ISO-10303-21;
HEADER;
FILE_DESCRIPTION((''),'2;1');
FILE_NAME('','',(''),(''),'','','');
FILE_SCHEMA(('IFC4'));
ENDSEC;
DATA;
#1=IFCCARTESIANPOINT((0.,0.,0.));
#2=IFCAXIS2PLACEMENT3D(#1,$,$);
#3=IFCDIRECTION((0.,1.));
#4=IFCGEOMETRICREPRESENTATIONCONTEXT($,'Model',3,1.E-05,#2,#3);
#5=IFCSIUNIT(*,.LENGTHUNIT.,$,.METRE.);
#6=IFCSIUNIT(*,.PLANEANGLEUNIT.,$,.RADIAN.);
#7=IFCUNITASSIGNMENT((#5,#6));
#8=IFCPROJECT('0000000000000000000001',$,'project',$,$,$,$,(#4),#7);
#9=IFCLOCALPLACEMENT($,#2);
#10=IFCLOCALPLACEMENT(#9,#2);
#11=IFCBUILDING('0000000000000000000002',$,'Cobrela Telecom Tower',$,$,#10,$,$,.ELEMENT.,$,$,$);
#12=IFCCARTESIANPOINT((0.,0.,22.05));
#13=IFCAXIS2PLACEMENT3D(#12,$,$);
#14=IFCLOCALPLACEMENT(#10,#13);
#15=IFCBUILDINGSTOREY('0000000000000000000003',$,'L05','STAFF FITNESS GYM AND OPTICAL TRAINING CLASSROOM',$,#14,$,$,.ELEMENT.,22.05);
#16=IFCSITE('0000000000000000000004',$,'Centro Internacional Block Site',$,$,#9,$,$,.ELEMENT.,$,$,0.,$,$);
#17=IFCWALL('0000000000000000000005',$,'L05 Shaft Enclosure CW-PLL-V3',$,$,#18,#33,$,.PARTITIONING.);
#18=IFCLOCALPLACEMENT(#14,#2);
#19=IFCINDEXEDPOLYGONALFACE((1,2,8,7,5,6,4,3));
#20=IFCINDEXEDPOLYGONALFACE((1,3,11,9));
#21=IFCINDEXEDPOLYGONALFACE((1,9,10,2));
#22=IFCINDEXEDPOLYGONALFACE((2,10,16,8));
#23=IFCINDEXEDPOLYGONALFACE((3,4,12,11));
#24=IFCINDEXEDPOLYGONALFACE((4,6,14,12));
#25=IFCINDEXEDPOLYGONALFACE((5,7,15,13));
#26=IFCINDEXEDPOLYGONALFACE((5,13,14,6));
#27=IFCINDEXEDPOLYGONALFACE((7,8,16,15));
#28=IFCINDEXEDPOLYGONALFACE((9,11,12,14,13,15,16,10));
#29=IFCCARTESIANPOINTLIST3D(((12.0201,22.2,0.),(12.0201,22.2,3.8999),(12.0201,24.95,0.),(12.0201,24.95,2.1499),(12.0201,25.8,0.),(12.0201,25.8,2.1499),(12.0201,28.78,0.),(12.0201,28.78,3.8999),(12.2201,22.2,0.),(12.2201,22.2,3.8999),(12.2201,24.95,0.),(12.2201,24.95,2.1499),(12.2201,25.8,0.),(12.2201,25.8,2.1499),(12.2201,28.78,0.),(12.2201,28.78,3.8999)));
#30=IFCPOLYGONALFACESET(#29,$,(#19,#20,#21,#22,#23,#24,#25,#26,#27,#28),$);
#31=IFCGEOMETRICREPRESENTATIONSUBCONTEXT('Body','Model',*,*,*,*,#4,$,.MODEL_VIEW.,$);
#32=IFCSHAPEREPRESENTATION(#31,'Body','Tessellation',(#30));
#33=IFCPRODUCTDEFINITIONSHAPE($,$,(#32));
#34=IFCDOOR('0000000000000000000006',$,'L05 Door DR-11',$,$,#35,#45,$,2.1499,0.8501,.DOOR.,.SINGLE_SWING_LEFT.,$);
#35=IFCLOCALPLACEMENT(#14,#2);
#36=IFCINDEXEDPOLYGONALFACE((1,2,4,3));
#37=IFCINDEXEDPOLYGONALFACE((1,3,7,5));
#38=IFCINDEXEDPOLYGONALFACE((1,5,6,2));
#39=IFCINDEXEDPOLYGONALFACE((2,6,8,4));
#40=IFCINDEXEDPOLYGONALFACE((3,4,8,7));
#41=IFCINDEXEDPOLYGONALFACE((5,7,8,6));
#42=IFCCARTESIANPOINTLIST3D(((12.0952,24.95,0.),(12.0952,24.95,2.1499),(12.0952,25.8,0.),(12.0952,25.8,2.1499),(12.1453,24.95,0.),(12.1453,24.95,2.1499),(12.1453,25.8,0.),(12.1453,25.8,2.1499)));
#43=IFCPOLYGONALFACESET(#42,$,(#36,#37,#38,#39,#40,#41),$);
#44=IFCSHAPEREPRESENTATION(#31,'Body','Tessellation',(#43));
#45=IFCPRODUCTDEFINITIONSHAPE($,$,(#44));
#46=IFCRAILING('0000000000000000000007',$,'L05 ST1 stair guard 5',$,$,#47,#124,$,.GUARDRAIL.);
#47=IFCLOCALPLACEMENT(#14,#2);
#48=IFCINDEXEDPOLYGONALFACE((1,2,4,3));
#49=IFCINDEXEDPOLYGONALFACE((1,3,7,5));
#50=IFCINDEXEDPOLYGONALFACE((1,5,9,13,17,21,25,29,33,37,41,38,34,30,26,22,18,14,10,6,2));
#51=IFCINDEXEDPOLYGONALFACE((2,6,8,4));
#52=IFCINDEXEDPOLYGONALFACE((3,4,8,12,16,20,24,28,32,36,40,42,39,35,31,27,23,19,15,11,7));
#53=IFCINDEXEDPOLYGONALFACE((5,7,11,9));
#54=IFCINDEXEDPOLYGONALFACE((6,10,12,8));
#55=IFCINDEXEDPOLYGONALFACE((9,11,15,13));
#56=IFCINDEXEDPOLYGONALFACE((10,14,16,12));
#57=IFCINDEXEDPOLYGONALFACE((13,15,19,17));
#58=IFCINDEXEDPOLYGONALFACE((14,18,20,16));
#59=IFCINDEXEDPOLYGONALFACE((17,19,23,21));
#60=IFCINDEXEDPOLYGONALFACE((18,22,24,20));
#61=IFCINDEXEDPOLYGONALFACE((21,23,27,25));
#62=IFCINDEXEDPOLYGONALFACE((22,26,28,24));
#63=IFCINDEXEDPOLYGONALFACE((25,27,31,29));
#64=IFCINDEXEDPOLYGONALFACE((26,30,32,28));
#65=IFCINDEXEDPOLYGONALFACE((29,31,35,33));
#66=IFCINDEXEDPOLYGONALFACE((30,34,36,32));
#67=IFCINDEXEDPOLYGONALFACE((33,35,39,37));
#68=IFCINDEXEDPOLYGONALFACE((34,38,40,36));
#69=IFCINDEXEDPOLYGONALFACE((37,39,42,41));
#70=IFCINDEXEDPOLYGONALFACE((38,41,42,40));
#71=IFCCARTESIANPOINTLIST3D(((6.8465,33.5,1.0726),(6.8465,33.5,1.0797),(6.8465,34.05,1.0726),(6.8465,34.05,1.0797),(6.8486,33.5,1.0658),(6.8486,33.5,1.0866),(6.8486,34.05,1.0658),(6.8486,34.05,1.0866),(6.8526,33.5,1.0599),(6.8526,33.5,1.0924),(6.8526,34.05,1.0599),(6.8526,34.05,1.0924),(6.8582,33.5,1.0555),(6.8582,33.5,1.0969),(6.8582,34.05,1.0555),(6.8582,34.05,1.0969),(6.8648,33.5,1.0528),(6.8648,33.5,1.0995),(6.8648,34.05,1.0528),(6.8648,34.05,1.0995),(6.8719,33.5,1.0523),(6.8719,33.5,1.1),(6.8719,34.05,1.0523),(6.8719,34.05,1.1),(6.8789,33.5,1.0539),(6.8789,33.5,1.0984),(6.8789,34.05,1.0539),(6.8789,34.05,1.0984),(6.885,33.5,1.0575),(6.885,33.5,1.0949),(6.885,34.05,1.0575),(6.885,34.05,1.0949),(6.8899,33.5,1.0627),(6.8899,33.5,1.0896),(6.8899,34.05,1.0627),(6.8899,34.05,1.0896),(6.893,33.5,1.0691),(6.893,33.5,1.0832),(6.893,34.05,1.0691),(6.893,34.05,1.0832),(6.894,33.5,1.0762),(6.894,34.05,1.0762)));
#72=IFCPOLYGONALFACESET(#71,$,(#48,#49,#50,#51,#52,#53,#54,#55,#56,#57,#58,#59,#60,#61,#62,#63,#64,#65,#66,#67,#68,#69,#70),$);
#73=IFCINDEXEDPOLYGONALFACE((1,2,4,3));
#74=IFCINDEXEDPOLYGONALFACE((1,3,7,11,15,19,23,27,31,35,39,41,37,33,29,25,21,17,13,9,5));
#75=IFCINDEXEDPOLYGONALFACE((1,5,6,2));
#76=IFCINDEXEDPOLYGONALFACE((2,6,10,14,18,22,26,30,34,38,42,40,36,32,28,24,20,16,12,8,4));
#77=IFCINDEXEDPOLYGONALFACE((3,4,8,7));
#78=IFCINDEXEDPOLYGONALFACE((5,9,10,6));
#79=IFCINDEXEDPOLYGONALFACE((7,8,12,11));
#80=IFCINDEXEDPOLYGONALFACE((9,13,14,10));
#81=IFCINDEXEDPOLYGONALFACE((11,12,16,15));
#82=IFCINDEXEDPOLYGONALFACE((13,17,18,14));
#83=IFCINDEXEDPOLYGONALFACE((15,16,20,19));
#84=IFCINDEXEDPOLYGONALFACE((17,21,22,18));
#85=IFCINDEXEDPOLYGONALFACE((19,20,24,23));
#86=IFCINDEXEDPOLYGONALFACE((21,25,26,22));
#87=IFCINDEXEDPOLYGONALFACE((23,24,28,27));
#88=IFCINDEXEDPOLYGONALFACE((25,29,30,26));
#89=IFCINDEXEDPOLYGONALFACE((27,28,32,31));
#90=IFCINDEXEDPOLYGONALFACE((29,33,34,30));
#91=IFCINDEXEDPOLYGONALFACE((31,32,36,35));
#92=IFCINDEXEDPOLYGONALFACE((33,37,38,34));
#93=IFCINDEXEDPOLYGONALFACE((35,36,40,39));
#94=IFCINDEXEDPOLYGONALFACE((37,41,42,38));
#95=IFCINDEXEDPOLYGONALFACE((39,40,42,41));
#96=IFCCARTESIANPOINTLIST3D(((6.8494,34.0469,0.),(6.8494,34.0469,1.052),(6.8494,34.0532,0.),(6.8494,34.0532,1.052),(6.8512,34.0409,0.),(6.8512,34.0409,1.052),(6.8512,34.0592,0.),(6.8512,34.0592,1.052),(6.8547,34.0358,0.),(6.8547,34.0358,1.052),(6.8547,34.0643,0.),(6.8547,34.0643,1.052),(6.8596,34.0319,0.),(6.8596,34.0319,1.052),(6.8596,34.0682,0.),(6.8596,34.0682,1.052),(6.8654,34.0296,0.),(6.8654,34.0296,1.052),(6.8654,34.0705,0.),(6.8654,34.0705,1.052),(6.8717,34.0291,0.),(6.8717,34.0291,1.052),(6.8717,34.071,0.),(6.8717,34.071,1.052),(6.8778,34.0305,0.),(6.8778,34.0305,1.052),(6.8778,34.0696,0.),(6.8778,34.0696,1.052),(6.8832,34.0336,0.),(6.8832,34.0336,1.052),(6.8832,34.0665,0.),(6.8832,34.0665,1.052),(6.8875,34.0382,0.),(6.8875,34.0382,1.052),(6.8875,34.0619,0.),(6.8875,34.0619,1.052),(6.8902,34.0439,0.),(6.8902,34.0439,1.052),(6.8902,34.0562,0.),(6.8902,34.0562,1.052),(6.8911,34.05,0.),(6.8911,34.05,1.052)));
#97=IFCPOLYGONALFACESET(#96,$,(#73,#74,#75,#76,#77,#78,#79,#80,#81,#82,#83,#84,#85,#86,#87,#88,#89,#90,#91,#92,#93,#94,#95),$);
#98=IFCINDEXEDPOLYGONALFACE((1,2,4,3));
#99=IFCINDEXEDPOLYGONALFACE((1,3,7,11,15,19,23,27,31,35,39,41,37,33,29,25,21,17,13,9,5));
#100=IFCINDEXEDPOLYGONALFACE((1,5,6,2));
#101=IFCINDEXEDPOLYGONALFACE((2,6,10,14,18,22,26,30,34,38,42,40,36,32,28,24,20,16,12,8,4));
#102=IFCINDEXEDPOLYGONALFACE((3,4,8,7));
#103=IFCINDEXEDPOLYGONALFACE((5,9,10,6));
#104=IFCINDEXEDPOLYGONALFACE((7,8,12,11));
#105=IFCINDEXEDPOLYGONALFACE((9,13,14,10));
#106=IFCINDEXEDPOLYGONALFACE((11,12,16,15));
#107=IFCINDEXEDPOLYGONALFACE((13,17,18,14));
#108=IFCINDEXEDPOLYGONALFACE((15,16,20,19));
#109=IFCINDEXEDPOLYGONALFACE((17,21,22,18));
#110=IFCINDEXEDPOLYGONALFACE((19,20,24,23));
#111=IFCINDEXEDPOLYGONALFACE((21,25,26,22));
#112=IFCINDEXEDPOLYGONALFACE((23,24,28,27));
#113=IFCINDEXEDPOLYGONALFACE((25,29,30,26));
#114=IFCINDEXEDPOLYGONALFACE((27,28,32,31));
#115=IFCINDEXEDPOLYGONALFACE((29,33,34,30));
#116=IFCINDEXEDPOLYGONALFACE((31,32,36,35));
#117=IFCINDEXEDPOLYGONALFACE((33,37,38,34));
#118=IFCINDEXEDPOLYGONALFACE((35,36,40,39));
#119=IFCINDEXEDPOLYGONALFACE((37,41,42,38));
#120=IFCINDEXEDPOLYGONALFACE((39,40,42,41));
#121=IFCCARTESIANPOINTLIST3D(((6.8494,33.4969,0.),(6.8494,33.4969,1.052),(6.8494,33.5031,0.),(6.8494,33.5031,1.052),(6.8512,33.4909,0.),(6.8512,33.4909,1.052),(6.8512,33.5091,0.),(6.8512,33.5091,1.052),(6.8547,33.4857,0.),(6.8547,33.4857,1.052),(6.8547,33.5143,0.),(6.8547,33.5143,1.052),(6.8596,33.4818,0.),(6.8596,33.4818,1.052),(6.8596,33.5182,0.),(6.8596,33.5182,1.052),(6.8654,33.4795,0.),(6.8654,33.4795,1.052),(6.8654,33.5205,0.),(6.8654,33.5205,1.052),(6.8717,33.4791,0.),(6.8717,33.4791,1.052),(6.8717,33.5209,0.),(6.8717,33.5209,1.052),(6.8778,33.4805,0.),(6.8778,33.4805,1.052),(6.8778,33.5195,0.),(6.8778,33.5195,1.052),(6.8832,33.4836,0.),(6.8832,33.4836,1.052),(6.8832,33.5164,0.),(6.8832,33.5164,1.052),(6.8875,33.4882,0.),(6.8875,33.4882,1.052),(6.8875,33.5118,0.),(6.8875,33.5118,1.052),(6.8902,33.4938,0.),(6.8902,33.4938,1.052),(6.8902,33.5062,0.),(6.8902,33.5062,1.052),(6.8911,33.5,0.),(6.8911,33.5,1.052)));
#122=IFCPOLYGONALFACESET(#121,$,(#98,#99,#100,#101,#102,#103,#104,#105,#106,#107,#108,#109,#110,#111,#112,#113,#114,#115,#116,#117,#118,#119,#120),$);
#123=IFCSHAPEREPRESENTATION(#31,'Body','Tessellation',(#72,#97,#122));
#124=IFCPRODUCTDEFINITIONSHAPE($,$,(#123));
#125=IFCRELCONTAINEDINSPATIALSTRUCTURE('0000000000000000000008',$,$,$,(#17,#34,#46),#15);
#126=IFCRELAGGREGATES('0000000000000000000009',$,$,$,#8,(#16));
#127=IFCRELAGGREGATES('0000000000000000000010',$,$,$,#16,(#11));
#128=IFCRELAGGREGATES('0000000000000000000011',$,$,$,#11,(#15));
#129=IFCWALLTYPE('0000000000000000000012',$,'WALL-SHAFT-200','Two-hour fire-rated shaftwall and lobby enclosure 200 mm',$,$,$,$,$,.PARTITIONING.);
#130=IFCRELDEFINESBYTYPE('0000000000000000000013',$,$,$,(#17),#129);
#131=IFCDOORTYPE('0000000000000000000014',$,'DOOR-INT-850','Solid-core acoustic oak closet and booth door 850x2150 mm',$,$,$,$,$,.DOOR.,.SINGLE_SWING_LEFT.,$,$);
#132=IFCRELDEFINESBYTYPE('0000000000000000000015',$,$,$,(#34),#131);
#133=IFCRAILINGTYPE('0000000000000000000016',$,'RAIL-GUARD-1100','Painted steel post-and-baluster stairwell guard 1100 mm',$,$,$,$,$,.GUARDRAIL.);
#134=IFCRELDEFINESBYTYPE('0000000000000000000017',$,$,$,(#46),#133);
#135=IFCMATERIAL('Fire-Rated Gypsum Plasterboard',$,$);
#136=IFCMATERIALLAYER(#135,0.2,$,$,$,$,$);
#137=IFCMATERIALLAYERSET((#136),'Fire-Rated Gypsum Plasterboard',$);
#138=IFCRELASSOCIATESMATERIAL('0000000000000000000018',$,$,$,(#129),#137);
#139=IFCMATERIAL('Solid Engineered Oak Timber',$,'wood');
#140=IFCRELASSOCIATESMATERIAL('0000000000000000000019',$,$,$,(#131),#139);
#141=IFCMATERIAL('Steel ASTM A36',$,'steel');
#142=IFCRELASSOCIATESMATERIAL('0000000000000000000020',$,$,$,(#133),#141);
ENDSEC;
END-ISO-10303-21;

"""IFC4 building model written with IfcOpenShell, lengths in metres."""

from ifc_helpers import new_model, si_unit, direction, frame, frame_2d, origin, origin_2d, place, context, subcontext, project, spatial, rectangle, circle, extrude, material, layer, layer_set, type_object, element, fill, save


model = new_model("IFC4")

# Units and contexts
model_context = context("Model", 3, precision=1e-05, world=origin(), true_north=direction((0.0, 1.0)))
body_context = subcontext(model_context, "Body", "Model", "MODEL_VIEW")
ifc_project = project(units=[si_unit("LENGTHUNIT", "METRE"), si_unit("PLANEANGLEUNIT", "RADIAN")], contexts=[model_context])

# Site, building, storey
site_placement = place(None, origin())
site = spatial("IfcSite", under=ifc_project, at=site_placement, Name="Centro Internacional Block Site", CompositionType="ELEMENT", RefElevation=0.0)
building_placement = place(site_placement, origin())
building = spatial("IfcBuilding", under=site, at=building_placement, Name="Cobrela Telecom Tower", CompositionType="ELEMENT")
storey_placement = place(building_placement, frame((0.0, 0.0, 22.05)))
storey = spatial("IfcBuildingStorey", under=building, at=storey_placement, Name="L05", Description="STAFF FITNESS GYM AND OPTICAL TRAINING CLASSROOM", CompositionType="ELEMENT", Elevation=22.05)

# Shared definitions
ifc_material_1 = material(Name="Steel ASTM A36", Category="steel")
ifc_material_2 = material(Name="Fire-Rated Gypsum Plasterboard")
ifc_layer_1 = layer(ifc_material_2, 0.2)
ifc_layer_set_1 = layer_set([ifc_layer_1], Name="Fire-Rated Gypsum Plasterboard")
wall_type_1 = type_object("IfcWallType", Name="WALL-SHAFT-200", Description="Two-hour fire-rated shaftwall and lobby enclosure 200 mm", PredefinedType="PARTITIONING", material=ifc_layer_set_1)

# Wall, opening, door
wall_1_placement = place(storey_placement, frame((12.1201, 22.2, 0.0), z_axis=(0.0, 0.0, 1.0), x_axis=(0.0, 1.0, 0.0)))
wall_1 = element("IfcWall", 1, at=wall_1_placement, inside=storey, type_object=wall_type_1, Name="L05 Shaft Enclosure CW-PLL-V3", PredefinedType="PARTITIONING", context=body_context, shape_type="SweptSolid", body=[
    extrude(rectangle(XDim=6.5801, YDim=0.2, at=frame_2d((3.29, 0.0))), origin(), (0.0, 0.0, 1.0), 3.8999),
])
opening_1_placement = place(wall_1_placement, frame((2.75, 0.0, 0.0)))
opening_1 = element("IfcOpeningElement", 2, at=opening_1_placement, cuts=wall_1, PredefinedType="OPENING", context=body_context, shape_type="SweptSolid", body=[
    extrude(rectangle(XDim=0.8501, YDim=2.1499, at=frame_2d((0.425, 1.075))), frame((0.0, 0.1118, 0.0), z_axis=(0.0, -1.0, 0.0), x_axis=(1.0, 0.0, 0.0)), (0.0, 0.0, 1.0), 0.2239),
])
ifc_material_3 = material(Name="Solid Engineered Oak Timber", Category="wood")
door_type_1 = type_object("IfcDoorType", Name="DOOR-INT-850", Description="Solid-core acoustic oak closet and booth door 850x2150 mm", OperationType="SINGLE_SWING_LEFT", PredefinedType="DOOR", material=ifc_material_3)
door_1_placement = place(opening_1_placement, origin())
door_1 = element("IfcDoor", 3, at=door_1_placement, inside=storey, type_object=door_type_1, Name="L05 Door DR-11", OperationType="SINGLE_SWING_LEFT", OverallHeight=2.1499, OverallWidth=0.8501, PredefinedType="DOOR", context=body_context, shape_type="SweptSolid", body=[
    extrude(rectangle(XDim=0.8501, YDim=2.1499, at=frame_2d((0.425, 1.075))), frame((0.0, 0.0249, 0.0), z_axis=(0.0, -1.0, 0.0), x_axis=(1.0, 0.0, 0.0)), (0.0, 0.0, 1.0), 0.05),
])
fill(opening_1, door_1)

# Railing
railing_type_1 = type_object("IfcRailingType", Name="RAIL-GUARD-1100", Description="Painted steel post-and-baluster stairwell guard 1100 mm", PredefinedType="GUARDRAIL", material=ifc_material_1)
railing_1_placement = place(storey_placement, frame((6.8701, 34.05, 0.0)))
element("IfcRailing", 4, at=railing_1_placement, inside=storey, type_object=railing_type_1, Name="L05 ST1 stair guard 5", PredefinedType="GUARDRAIL", context=body_context, shape_type="SweptSolid", body=[
    extrude(circle(Radius=0.0239, at=origin_2d()), frame((0.0, 0.0, 1.0762), z_axis=(0.0, -1.0, 0.0), x_axis=(1.0, 0.0, 0.0)), (0.0, 0.0, 1.0), 0.55),
    extrude(circle(Radius=0.021, at=origin_2d()), origin(), (0.0, 0.0, 1.0), 1.052),
    extrude(circle(Radius=0.021, at=origin_2d()), frame((0.0, -0.55, 0.0)), (0.0, 0.0, 1.0), 1.052),
])

save(model, "model.ifc")
